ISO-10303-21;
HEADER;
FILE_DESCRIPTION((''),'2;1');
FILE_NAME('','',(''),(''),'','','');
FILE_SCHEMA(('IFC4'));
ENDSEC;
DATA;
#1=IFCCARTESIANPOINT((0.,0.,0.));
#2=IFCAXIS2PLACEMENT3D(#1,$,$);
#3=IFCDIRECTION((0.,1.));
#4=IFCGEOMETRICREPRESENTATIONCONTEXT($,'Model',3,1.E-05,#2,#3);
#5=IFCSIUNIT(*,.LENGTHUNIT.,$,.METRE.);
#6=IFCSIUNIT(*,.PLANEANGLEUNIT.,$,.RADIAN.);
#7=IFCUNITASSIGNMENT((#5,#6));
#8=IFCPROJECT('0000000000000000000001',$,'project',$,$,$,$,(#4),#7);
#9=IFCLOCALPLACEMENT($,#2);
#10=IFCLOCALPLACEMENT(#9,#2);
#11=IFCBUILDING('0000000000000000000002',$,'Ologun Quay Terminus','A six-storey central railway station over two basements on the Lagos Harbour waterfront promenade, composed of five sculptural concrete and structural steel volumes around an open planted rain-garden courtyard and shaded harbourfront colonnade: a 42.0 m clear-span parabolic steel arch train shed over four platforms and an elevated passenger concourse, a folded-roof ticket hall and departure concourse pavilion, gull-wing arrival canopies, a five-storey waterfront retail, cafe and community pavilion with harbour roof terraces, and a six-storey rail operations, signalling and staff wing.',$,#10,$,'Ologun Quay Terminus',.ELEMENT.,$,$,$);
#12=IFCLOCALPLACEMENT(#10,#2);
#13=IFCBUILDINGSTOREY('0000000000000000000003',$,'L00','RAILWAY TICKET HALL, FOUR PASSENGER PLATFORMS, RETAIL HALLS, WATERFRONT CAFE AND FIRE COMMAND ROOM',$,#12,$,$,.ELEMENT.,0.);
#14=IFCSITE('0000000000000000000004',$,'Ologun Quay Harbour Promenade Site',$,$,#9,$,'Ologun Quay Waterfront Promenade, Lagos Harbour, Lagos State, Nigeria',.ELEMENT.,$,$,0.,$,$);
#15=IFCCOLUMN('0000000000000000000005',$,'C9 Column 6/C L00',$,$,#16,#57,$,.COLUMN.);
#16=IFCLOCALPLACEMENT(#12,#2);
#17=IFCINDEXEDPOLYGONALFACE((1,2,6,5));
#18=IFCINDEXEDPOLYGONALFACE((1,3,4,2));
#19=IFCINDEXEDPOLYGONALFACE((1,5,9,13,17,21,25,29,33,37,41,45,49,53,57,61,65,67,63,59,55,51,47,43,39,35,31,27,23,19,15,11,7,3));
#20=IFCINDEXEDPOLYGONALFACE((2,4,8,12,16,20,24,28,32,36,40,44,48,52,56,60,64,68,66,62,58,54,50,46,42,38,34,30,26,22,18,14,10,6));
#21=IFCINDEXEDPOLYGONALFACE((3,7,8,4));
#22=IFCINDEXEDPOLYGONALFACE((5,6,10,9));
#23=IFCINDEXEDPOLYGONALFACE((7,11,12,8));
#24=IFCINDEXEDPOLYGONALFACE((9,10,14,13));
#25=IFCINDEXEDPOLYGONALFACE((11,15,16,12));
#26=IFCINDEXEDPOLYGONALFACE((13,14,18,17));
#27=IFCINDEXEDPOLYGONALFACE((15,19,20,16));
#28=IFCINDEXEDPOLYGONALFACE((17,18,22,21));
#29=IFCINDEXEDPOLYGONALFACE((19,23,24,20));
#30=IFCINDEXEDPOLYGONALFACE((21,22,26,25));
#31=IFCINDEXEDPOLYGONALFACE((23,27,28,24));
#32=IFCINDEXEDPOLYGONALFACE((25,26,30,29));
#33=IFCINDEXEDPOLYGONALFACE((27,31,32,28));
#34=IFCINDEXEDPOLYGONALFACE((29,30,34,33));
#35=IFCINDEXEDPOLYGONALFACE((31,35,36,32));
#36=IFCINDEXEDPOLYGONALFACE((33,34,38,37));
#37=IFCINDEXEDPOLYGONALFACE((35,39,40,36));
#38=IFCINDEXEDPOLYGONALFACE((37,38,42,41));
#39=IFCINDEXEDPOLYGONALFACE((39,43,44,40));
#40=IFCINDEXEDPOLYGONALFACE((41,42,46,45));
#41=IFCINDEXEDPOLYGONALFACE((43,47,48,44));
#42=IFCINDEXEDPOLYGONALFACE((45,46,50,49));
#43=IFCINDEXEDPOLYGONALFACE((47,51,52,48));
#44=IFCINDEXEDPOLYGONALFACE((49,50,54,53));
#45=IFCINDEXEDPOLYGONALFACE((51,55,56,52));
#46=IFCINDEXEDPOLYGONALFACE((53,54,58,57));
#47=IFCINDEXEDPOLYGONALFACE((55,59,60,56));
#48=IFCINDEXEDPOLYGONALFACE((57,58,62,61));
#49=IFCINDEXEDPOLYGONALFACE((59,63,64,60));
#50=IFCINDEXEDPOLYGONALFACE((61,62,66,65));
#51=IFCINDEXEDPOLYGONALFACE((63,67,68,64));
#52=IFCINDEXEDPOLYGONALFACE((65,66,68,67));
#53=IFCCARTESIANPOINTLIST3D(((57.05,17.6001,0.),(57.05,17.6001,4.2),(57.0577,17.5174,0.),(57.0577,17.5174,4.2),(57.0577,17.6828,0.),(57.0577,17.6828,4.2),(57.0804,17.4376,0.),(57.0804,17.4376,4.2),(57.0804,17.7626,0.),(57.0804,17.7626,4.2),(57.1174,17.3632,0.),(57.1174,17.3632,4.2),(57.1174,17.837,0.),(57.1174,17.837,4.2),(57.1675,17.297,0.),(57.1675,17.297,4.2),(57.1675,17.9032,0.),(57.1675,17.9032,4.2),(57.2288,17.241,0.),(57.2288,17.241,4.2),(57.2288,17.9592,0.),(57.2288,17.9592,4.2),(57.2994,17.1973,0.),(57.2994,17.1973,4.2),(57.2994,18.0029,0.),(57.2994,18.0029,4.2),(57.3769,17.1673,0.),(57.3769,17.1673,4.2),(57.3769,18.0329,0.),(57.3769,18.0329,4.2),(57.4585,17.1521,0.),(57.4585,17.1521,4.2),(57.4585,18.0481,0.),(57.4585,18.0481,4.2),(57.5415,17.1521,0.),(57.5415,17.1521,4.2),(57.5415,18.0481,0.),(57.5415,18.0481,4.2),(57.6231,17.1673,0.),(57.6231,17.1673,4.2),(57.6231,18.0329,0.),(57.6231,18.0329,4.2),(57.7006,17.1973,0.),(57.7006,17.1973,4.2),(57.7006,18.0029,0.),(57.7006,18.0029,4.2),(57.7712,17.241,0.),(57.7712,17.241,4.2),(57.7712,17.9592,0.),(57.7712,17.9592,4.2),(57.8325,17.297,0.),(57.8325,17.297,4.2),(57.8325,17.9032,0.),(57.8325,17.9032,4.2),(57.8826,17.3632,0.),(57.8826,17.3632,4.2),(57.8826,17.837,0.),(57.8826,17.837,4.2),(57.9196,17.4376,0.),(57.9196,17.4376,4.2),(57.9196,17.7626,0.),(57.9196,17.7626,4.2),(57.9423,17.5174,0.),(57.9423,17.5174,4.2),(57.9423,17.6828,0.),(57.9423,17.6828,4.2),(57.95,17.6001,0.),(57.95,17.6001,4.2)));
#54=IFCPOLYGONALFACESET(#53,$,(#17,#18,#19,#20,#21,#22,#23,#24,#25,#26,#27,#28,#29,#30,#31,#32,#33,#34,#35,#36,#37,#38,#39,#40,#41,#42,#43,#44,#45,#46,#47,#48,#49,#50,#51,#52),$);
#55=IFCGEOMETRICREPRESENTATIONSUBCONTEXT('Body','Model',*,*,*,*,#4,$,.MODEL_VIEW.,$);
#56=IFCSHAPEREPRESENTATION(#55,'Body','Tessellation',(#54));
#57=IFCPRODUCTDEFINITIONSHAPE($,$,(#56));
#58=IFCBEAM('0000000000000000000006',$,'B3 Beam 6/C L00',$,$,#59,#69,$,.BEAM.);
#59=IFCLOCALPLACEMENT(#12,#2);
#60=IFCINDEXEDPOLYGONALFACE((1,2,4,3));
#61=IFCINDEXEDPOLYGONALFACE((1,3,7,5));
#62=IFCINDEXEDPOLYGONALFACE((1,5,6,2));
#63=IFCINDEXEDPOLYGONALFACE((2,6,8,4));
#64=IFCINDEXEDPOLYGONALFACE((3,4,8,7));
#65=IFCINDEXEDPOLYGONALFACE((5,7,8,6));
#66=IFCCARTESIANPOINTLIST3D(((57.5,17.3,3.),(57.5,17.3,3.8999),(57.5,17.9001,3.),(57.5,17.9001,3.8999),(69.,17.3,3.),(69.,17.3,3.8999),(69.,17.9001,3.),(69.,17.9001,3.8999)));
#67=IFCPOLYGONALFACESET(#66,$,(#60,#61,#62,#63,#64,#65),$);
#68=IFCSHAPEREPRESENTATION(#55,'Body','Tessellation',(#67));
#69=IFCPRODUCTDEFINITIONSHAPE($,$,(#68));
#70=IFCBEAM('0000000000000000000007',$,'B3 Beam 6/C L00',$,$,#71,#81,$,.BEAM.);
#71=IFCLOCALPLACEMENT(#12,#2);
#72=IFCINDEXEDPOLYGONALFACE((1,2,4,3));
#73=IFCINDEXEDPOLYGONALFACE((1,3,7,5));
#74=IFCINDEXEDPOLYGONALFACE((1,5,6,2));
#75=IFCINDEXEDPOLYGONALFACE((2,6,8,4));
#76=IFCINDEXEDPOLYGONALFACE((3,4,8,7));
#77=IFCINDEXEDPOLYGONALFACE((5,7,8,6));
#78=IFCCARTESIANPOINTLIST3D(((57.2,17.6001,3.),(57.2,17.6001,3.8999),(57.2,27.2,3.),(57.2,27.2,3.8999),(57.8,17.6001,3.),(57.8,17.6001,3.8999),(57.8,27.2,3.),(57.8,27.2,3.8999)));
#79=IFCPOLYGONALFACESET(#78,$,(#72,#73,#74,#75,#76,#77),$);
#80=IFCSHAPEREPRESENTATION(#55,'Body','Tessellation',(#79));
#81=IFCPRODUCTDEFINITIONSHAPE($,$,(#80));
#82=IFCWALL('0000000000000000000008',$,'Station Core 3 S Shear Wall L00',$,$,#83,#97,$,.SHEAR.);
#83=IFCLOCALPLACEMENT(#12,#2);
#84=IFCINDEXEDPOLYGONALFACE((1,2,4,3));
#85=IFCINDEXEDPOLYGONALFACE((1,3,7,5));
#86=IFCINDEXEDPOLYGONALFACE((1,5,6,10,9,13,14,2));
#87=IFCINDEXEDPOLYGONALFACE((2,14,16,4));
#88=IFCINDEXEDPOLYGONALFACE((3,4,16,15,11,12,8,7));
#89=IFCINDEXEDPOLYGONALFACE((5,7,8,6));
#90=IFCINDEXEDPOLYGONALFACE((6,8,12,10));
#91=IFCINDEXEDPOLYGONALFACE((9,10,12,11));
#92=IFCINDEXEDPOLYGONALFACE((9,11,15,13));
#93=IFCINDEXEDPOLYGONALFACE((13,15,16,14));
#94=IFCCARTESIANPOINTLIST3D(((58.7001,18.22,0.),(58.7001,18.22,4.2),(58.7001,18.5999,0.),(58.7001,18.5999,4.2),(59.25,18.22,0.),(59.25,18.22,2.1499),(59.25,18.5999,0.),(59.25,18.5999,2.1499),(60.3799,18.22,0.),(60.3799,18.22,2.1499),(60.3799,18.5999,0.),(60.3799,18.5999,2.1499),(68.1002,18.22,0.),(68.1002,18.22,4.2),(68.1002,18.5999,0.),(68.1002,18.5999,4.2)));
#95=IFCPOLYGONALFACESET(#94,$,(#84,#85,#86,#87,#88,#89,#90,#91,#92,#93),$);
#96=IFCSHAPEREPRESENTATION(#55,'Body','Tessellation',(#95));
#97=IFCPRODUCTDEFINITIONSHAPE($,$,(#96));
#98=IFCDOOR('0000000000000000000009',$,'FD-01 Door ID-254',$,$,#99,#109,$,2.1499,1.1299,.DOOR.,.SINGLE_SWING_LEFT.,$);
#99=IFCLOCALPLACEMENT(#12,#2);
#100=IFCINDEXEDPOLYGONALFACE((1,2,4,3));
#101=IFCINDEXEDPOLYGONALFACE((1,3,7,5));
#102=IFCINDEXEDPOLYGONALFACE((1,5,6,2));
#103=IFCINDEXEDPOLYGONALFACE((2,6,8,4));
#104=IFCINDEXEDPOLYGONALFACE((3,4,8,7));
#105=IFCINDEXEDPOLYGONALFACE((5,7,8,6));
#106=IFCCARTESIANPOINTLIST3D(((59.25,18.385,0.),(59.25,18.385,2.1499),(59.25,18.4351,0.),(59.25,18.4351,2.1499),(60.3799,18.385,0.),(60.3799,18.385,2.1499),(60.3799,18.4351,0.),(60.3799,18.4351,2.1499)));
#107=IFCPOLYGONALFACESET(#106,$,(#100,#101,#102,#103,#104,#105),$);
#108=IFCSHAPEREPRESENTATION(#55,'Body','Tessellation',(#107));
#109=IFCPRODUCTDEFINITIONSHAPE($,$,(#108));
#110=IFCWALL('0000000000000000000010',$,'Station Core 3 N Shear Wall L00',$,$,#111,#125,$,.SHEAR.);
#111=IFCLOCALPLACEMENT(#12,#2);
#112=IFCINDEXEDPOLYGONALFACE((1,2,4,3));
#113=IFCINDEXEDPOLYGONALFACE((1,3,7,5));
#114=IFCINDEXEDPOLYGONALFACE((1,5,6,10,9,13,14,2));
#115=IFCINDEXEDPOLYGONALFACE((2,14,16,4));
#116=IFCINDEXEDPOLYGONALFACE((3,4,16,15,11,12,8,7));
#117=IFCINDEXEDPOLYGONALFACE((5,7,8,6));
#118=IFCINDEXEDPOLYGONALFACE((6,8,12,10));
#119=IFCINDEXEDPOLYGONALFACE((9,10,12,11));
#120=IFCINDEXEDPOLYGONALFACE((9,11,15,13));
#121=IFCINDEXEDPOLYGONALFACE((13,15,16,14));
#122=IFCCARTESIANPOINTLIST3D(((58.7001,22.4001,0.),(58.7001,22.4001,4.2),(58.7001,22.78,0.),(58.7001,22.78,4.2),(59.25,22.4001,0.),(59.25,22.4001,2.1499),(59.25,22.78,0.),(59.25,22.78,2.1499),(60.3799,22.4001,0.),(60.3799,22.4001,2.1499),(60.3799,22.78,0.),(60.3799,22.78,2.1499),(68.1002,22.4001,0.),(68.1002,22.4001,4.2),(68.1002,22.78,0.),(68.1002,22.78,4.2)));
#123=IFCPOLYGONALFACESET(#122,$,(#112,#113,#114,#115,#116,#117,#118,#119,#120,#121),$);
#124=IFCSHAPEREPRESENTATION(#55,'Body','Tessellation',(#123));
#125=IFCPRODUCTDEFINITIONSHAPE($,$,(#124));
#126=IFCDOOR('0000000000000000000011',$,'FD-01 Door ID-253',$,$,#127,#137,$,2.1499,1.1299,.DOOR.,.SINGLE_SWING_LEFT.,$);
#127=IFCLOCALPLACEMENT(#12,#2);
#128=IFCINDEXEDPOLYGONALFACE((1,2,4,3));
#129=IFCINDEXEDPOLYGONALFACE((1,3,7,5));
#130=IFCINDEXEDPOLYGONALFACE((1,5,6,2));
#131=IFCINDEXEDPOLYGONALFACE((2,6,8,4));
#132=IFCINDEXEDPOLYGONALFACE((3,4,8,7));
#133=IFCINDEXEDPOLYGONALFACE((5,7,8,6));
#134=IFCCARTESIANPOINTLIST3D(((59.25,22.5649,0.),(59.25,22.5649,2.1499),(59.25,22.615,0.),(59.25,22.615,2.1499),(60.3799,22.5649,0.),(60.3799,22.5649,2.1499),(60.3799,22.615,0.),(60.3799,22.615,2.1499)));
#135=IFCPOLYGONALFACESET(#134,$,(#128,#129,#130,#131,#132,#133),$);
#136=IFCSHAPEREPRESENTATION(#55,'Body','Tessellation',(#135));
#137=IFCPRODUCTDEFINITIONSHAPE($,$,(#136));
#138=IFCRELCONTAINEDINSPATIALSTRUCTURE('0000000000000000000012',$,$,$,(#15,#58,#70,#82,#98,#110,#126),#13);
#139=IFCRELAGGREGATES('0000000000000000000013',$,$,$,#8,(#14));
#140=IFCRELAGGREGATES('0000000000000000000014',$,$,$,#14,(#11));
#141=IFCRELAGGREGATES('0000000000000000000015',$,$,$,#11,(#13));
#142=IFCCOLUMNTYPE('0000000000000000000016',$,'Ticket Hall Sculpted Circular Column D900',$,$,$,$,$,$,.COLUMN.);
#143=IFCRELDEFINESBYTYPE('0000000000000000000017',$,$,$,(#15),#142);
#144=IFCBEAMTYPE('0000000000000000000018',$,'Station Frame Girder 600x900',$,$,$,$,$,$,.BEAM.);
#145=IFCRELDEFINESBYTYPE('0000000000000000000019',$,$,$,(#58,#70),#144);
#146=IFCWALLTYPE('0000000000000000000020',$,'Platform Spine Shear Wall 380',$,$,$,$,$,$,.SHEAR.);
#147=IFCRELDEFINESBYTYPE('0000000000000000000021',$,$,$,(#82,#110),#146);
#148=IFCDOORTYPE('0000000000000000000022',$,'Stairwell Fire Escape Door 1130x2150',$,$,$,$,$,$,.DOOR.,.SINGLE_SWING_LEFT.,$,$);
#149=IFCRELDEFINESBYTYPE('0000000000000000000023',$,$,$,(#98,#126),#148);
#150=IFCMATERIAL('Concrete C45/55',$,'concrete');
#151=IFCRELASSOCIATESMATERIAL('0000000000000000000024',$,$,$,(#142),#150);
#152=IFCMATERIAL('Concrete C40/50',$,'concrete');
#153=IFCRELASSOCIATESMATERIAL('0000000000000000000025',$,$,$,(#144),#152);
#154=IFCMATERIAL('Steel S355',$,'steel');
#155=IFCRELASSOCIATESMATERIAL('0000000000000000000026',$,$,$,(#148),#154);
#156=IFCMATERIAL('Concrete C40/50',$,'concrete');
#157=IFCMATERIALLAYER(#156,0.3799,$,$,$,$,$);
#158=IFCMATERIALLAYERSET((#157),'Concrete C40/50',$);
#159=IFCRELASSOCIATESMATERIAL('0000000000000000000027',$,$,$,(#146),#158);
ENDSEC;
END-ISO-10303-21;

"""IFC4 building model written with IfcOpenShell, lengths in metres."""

from ifc_helpers import new_model, si_unit, direction, frame, frame_2d, origin, origin_2d, place, context, subcontext, project, spatial, rectangle, circle, extrude, material, layer, layer_set, material_profile, profile_set, type_object, element, fill, save


model = new_model("IFC4")

# Units and contexts
model_context = context("Model", 3, precision=1e-05, world=origin(), true_north=direction((0.0, 1.0)))
body_context = subcontext(model_context, "Body", "Model", "MODEL_VIEW")
ifc_project = project(units=[si_unit("LENGTHUNIT", "METRE"), si_unit("PLANEANGLEUNIT", "RADIAN")], contexts=[model_context])

# Site, building, storey
site_placement = place(None, origin())
site = spatial("IfcSite", under=ifc_project, at=site_placement, Name="Ologun Quay Harbour Promenade Site", LongName="Ologun Quay Waterfront Promenade, Lagos Harbour, Lagos State, Nigeria", CompositionType="ELEMENT", RefElevation=0.0)
building_placement = place(site_placement, origin())
building = spatial("IfcBuilding", under=site, at=building_placement, Name="Ologun Quay Terminus", Description="A six-storey central railway station over two basements on the Lagos Harbour waterfront promenade, composed of five sculptural concrete and structural steel volumes around an open planted rain-garden courtyard and shaded harbourfront colonnade: a 42.0 m clear-span parabolic steel arch train shed over four platforms and an elevated passenger concourse, a folded-roof ticket hall and departure concourse pavilion, gull-wing arrival canopies, a five-storey waterfront retail, cafe and community pavilion with harbour roof terraces, and a six-storey rail operations, signalling and staff wing.", LongName="Ologun Quay Terminus", CompositionType="ELEMENT")
storey_placement = place(building_placement, origin())
storey = spatial("IfcBuildingStorey", under=building, at=storey_placement, Name="L00", Description="RAILWAY TICKET HALL, FOUR PASSENGER PLATFORMS, RETAIL HALLS, WATERFRONT CAFE AND FIRE COMMAND ROOM", CompositionType="ELEMENT", Elevation=0.0)

# Column
ifc_material_1 = material(Name="Concrete C45/55", Category="concrete")
ifc_material_profile_1 = material_profile(ifc_material_1, circle(Radius=0.45, at=origin_2d()), Name="RC D900")
ifc_profile_set_1 = profile_set([ifc_material_profile_1], Name="Concrete C45/55")
column_type = type_object("IfcColumnType", Name="Ticket Hall Sculpted Circular Column D900", PredefinedType="COLUMN", material=ifc_profile_set_1)
column_placement = place(storey_placement, frame((57.5, 17.6001, 0.0), z_axis=(0.0, 0.0, 1.0), x_axis=(1.0, 0.0, 0.0)))
element("IfcColumn", 1, at=column_placement, inside=storey, type_object=column_type, Name="C9 Column 6/C L00", PredefinedType="COLUMN", context=body_context, shape_type="SweptSolid", body=[
    extrude(circle(Radius=0.45, at=origin_2d()), origin(), (0.0, 0.0, 1.0), 4.2),
])

# Beams
ifc_material_2 = material(Name="Concrete C40/50", Category="concrete")
ifc_material_profile_2 = material_profile(ifc_material_2, rectangle(XDim=0.6001, YDim=0.8999, at=origin_2d()), Name="RC 600x900")
ifc_profile_set_2 = profile_set([ifc_material_profile_2], Name="Concrete C40/50")
beam_type = type_object("IfcBeamType", Name="Station Frame Girder 600x900", PredefinedType="BEAM", material=ifc_profile_set_2)
beam_1_placement = place(storey_placement, frame((57.5, 17.6001, 3.45), z_axis=(1.0, 0.0, 0.0), x_axis=(0.0, 1.0, 0.0)))
element("IfcBeam", 2, at=beam_1_placement, inside=storey, type_object=beam_type, Name="B3 Beam 6/C L00", PredefinedType="BEAM", context=body_context, shape_type="SweptSolid", body=[
    extrude(rectangle(XDim=0.6001, YDim=0.8999, at=origin_2d()), origin(), (0.0, 0.0, 1.0), 11.5),
])
beam_2_placement = place(storey_placement, frame((57.5, 17.6001, 3.45), z_axis=(0.0, 1.0, 0.0), x_axis=(-1.0, 0.0, 0.0)))
element("IfcBeam", 3, at=beam_2_placement, inside=storey, type_object=beam_type, Name="B3 Beam 6/C L00", PredefinedType="BEAM", context=body_context, shape_type="SweptSolid", body=[
    extrude(rectangle(XDim=0.6001, YDim=0.8999, at=origin_2d()), origin(), (0.0, 0.0, 1.0), 9.5999),
])

# Walls, openings, doors
ifc_material_3 = material(Name="Steel S355", Category="steel")
door_type = type_object("IfcDoorType", Name="Stairwell Fire Escape Door 1130x2150", OperationType="SINGLE_SWING_LEFT", PredefinedType="DOOR", material=ifc_material_3)
ifc_material_4 = material(Name="Concrete C40/50", Category="concrete")
ifc_layer_1 = layer(ifc_material_4, 0.3799)
ifc_layer_set_1 = layer_set([ifc_layer_1], Name="Concrete C40/50")
wall_type_1 = type_object("IfcWallType", Name="Platform Spine Shear Wall 380", PredefinedType="SHEAR", material=ifc_layer_set_1)
wall_1_placement = place(storey_placement, frame((58.7, 18.4099, 0.0), z_axis=(0.0, 0.0, 1.0), x_axis=(1.0, 0.0, 0.0)))
wall_1 = element("IfcWall", 4, at=wall_1_placement, inside=storey, type_object=wall_type_1, Name="Station Core 3 S Shear Wall L00", PredefinedType="SHEAR", context=body_context, shape_type="SweptSolid", body=[
    extrude(rectangle(XDim=9.4001, YDim=0.3799, at=frame_2d((4.7002, 0.0))), origin(), (0.0, 0.0, 1.0), 4.2),
])
opening_1_placement = place(wall_1_placement, frame((0.55, 0.0, 0.0)))
opening_1 = element("IfcOpeningElement", 5, at=opening_1_placement, cuts=wall_1, PredefinedType="OPENING", context=body_context, shape_type="SweptSolid", body=[
    extrude(rectangle(XDim=1.1299, YDim=2.1499, at=frame_2d((0.5649, 1.075))), frame((0.0, 0.2, 0.0), z_axis=(0.0, -1.0, 0.0), x_axis=(1.0, 0.0, 0.0)), (0.0, 0.0, 1.0), 0.3999),
])
door_1_placement = place(opening_1_placement, frame((0.5649, 0.0, 0.0), z_axis=(0.0, 0.0, 1.0), x_axis=(-1.0, 0.0, 0.0)))
door_1 = element("IfcDoor", 6, at=door_1_placement, inside=storey, type_object=door_type, Name="FD-01 Door ID-254", OperationType="SINGLE_SWING_LEFT", OverallHeight=2.1499, OverallWidth=1.1299, PredefinedType="DOOR", context=body_context, shape_type="SweptSolid", body=[
    extrude(rectangle(XDim=1.1299, YDim=2.1499, at=frame_2d((0.0, 1.075))), frame((0.0, 0.0249, 0.0), z_axis=(0.0, -1.0, 0.0), x_axis=(1.0, 0.0, 0.0)), (0.0, 0.0, 1.0), 0.05),
])
fill(opening_1, door_1)
wall_2_placement = place(storey_placement, frame((58.7, 22.5901, 0.0), z_axis=(0.0, 0.0, 1.0), x_axis=(1.0, 0.0, 0.0)))
wall_2 = element("IfcWall", 7, at=wall_2_placement, inside=storey, type_object=wall_type_1, Name="Station Core 3 N Shear Wall L00", PredefinedType="SHEAR", context=body_context, shape_type="SweptSolid", body=[
    extrude(rectangle(XDim=9.4001, YDim=0.3799, at=frame_2d((4.7002, 0.0))), origin(), (0.0, 0.0, 1.0), 4.2),
])
opening_2_placement = place(wall_2_placement, frame((0.55, 0.0, 0.0)))
opening_2 = element("IfcOpeningElement", 8, at=opening_2_placement, cuts=wall_2, PredefinedType="OPENING", context=body_context, shape_type="SweptSolid", body=[
    extrude(rectangle(XDim=1.1299, YDim=2.1499, at=frame_2d((0.5649, 1.075))), frame((0.0, 0.2, 0.0), z_axis=(0.0, -1.0, 0.0), x_axis=(1.0, 0.0, 0.0)), (0.0, 0.0, 1.0), 0.3999),
])
door_2_placement = place(opening_2_placement, origin())
door_2 = element("IfcDoor", 9, at=door_2_placement, inside=storey, type_object=door_type, Name="FD-01 Door ID-253", OperationType="SINGLE_SWING_LEFT", OverallHeight=2.1499, OverallWidth=1.1299, PredefinedType="DOOR", context=body_context, shape_type="SweptSolid", body=[
    extrude(rectangle(XDim=1.1299, YDim=2.1499, at=frame_2d((0.5649, 1.075))), frame((0.0, 0.0249, 0.0), z_axis=(0.0, -1.0, 0.0), x_axis=(1.0, 0.0, 0.0)), (0.0, 0.0, 1.0), 0.05),
])
fill(opening_2, door_2)

save(model, "model.ifc")
